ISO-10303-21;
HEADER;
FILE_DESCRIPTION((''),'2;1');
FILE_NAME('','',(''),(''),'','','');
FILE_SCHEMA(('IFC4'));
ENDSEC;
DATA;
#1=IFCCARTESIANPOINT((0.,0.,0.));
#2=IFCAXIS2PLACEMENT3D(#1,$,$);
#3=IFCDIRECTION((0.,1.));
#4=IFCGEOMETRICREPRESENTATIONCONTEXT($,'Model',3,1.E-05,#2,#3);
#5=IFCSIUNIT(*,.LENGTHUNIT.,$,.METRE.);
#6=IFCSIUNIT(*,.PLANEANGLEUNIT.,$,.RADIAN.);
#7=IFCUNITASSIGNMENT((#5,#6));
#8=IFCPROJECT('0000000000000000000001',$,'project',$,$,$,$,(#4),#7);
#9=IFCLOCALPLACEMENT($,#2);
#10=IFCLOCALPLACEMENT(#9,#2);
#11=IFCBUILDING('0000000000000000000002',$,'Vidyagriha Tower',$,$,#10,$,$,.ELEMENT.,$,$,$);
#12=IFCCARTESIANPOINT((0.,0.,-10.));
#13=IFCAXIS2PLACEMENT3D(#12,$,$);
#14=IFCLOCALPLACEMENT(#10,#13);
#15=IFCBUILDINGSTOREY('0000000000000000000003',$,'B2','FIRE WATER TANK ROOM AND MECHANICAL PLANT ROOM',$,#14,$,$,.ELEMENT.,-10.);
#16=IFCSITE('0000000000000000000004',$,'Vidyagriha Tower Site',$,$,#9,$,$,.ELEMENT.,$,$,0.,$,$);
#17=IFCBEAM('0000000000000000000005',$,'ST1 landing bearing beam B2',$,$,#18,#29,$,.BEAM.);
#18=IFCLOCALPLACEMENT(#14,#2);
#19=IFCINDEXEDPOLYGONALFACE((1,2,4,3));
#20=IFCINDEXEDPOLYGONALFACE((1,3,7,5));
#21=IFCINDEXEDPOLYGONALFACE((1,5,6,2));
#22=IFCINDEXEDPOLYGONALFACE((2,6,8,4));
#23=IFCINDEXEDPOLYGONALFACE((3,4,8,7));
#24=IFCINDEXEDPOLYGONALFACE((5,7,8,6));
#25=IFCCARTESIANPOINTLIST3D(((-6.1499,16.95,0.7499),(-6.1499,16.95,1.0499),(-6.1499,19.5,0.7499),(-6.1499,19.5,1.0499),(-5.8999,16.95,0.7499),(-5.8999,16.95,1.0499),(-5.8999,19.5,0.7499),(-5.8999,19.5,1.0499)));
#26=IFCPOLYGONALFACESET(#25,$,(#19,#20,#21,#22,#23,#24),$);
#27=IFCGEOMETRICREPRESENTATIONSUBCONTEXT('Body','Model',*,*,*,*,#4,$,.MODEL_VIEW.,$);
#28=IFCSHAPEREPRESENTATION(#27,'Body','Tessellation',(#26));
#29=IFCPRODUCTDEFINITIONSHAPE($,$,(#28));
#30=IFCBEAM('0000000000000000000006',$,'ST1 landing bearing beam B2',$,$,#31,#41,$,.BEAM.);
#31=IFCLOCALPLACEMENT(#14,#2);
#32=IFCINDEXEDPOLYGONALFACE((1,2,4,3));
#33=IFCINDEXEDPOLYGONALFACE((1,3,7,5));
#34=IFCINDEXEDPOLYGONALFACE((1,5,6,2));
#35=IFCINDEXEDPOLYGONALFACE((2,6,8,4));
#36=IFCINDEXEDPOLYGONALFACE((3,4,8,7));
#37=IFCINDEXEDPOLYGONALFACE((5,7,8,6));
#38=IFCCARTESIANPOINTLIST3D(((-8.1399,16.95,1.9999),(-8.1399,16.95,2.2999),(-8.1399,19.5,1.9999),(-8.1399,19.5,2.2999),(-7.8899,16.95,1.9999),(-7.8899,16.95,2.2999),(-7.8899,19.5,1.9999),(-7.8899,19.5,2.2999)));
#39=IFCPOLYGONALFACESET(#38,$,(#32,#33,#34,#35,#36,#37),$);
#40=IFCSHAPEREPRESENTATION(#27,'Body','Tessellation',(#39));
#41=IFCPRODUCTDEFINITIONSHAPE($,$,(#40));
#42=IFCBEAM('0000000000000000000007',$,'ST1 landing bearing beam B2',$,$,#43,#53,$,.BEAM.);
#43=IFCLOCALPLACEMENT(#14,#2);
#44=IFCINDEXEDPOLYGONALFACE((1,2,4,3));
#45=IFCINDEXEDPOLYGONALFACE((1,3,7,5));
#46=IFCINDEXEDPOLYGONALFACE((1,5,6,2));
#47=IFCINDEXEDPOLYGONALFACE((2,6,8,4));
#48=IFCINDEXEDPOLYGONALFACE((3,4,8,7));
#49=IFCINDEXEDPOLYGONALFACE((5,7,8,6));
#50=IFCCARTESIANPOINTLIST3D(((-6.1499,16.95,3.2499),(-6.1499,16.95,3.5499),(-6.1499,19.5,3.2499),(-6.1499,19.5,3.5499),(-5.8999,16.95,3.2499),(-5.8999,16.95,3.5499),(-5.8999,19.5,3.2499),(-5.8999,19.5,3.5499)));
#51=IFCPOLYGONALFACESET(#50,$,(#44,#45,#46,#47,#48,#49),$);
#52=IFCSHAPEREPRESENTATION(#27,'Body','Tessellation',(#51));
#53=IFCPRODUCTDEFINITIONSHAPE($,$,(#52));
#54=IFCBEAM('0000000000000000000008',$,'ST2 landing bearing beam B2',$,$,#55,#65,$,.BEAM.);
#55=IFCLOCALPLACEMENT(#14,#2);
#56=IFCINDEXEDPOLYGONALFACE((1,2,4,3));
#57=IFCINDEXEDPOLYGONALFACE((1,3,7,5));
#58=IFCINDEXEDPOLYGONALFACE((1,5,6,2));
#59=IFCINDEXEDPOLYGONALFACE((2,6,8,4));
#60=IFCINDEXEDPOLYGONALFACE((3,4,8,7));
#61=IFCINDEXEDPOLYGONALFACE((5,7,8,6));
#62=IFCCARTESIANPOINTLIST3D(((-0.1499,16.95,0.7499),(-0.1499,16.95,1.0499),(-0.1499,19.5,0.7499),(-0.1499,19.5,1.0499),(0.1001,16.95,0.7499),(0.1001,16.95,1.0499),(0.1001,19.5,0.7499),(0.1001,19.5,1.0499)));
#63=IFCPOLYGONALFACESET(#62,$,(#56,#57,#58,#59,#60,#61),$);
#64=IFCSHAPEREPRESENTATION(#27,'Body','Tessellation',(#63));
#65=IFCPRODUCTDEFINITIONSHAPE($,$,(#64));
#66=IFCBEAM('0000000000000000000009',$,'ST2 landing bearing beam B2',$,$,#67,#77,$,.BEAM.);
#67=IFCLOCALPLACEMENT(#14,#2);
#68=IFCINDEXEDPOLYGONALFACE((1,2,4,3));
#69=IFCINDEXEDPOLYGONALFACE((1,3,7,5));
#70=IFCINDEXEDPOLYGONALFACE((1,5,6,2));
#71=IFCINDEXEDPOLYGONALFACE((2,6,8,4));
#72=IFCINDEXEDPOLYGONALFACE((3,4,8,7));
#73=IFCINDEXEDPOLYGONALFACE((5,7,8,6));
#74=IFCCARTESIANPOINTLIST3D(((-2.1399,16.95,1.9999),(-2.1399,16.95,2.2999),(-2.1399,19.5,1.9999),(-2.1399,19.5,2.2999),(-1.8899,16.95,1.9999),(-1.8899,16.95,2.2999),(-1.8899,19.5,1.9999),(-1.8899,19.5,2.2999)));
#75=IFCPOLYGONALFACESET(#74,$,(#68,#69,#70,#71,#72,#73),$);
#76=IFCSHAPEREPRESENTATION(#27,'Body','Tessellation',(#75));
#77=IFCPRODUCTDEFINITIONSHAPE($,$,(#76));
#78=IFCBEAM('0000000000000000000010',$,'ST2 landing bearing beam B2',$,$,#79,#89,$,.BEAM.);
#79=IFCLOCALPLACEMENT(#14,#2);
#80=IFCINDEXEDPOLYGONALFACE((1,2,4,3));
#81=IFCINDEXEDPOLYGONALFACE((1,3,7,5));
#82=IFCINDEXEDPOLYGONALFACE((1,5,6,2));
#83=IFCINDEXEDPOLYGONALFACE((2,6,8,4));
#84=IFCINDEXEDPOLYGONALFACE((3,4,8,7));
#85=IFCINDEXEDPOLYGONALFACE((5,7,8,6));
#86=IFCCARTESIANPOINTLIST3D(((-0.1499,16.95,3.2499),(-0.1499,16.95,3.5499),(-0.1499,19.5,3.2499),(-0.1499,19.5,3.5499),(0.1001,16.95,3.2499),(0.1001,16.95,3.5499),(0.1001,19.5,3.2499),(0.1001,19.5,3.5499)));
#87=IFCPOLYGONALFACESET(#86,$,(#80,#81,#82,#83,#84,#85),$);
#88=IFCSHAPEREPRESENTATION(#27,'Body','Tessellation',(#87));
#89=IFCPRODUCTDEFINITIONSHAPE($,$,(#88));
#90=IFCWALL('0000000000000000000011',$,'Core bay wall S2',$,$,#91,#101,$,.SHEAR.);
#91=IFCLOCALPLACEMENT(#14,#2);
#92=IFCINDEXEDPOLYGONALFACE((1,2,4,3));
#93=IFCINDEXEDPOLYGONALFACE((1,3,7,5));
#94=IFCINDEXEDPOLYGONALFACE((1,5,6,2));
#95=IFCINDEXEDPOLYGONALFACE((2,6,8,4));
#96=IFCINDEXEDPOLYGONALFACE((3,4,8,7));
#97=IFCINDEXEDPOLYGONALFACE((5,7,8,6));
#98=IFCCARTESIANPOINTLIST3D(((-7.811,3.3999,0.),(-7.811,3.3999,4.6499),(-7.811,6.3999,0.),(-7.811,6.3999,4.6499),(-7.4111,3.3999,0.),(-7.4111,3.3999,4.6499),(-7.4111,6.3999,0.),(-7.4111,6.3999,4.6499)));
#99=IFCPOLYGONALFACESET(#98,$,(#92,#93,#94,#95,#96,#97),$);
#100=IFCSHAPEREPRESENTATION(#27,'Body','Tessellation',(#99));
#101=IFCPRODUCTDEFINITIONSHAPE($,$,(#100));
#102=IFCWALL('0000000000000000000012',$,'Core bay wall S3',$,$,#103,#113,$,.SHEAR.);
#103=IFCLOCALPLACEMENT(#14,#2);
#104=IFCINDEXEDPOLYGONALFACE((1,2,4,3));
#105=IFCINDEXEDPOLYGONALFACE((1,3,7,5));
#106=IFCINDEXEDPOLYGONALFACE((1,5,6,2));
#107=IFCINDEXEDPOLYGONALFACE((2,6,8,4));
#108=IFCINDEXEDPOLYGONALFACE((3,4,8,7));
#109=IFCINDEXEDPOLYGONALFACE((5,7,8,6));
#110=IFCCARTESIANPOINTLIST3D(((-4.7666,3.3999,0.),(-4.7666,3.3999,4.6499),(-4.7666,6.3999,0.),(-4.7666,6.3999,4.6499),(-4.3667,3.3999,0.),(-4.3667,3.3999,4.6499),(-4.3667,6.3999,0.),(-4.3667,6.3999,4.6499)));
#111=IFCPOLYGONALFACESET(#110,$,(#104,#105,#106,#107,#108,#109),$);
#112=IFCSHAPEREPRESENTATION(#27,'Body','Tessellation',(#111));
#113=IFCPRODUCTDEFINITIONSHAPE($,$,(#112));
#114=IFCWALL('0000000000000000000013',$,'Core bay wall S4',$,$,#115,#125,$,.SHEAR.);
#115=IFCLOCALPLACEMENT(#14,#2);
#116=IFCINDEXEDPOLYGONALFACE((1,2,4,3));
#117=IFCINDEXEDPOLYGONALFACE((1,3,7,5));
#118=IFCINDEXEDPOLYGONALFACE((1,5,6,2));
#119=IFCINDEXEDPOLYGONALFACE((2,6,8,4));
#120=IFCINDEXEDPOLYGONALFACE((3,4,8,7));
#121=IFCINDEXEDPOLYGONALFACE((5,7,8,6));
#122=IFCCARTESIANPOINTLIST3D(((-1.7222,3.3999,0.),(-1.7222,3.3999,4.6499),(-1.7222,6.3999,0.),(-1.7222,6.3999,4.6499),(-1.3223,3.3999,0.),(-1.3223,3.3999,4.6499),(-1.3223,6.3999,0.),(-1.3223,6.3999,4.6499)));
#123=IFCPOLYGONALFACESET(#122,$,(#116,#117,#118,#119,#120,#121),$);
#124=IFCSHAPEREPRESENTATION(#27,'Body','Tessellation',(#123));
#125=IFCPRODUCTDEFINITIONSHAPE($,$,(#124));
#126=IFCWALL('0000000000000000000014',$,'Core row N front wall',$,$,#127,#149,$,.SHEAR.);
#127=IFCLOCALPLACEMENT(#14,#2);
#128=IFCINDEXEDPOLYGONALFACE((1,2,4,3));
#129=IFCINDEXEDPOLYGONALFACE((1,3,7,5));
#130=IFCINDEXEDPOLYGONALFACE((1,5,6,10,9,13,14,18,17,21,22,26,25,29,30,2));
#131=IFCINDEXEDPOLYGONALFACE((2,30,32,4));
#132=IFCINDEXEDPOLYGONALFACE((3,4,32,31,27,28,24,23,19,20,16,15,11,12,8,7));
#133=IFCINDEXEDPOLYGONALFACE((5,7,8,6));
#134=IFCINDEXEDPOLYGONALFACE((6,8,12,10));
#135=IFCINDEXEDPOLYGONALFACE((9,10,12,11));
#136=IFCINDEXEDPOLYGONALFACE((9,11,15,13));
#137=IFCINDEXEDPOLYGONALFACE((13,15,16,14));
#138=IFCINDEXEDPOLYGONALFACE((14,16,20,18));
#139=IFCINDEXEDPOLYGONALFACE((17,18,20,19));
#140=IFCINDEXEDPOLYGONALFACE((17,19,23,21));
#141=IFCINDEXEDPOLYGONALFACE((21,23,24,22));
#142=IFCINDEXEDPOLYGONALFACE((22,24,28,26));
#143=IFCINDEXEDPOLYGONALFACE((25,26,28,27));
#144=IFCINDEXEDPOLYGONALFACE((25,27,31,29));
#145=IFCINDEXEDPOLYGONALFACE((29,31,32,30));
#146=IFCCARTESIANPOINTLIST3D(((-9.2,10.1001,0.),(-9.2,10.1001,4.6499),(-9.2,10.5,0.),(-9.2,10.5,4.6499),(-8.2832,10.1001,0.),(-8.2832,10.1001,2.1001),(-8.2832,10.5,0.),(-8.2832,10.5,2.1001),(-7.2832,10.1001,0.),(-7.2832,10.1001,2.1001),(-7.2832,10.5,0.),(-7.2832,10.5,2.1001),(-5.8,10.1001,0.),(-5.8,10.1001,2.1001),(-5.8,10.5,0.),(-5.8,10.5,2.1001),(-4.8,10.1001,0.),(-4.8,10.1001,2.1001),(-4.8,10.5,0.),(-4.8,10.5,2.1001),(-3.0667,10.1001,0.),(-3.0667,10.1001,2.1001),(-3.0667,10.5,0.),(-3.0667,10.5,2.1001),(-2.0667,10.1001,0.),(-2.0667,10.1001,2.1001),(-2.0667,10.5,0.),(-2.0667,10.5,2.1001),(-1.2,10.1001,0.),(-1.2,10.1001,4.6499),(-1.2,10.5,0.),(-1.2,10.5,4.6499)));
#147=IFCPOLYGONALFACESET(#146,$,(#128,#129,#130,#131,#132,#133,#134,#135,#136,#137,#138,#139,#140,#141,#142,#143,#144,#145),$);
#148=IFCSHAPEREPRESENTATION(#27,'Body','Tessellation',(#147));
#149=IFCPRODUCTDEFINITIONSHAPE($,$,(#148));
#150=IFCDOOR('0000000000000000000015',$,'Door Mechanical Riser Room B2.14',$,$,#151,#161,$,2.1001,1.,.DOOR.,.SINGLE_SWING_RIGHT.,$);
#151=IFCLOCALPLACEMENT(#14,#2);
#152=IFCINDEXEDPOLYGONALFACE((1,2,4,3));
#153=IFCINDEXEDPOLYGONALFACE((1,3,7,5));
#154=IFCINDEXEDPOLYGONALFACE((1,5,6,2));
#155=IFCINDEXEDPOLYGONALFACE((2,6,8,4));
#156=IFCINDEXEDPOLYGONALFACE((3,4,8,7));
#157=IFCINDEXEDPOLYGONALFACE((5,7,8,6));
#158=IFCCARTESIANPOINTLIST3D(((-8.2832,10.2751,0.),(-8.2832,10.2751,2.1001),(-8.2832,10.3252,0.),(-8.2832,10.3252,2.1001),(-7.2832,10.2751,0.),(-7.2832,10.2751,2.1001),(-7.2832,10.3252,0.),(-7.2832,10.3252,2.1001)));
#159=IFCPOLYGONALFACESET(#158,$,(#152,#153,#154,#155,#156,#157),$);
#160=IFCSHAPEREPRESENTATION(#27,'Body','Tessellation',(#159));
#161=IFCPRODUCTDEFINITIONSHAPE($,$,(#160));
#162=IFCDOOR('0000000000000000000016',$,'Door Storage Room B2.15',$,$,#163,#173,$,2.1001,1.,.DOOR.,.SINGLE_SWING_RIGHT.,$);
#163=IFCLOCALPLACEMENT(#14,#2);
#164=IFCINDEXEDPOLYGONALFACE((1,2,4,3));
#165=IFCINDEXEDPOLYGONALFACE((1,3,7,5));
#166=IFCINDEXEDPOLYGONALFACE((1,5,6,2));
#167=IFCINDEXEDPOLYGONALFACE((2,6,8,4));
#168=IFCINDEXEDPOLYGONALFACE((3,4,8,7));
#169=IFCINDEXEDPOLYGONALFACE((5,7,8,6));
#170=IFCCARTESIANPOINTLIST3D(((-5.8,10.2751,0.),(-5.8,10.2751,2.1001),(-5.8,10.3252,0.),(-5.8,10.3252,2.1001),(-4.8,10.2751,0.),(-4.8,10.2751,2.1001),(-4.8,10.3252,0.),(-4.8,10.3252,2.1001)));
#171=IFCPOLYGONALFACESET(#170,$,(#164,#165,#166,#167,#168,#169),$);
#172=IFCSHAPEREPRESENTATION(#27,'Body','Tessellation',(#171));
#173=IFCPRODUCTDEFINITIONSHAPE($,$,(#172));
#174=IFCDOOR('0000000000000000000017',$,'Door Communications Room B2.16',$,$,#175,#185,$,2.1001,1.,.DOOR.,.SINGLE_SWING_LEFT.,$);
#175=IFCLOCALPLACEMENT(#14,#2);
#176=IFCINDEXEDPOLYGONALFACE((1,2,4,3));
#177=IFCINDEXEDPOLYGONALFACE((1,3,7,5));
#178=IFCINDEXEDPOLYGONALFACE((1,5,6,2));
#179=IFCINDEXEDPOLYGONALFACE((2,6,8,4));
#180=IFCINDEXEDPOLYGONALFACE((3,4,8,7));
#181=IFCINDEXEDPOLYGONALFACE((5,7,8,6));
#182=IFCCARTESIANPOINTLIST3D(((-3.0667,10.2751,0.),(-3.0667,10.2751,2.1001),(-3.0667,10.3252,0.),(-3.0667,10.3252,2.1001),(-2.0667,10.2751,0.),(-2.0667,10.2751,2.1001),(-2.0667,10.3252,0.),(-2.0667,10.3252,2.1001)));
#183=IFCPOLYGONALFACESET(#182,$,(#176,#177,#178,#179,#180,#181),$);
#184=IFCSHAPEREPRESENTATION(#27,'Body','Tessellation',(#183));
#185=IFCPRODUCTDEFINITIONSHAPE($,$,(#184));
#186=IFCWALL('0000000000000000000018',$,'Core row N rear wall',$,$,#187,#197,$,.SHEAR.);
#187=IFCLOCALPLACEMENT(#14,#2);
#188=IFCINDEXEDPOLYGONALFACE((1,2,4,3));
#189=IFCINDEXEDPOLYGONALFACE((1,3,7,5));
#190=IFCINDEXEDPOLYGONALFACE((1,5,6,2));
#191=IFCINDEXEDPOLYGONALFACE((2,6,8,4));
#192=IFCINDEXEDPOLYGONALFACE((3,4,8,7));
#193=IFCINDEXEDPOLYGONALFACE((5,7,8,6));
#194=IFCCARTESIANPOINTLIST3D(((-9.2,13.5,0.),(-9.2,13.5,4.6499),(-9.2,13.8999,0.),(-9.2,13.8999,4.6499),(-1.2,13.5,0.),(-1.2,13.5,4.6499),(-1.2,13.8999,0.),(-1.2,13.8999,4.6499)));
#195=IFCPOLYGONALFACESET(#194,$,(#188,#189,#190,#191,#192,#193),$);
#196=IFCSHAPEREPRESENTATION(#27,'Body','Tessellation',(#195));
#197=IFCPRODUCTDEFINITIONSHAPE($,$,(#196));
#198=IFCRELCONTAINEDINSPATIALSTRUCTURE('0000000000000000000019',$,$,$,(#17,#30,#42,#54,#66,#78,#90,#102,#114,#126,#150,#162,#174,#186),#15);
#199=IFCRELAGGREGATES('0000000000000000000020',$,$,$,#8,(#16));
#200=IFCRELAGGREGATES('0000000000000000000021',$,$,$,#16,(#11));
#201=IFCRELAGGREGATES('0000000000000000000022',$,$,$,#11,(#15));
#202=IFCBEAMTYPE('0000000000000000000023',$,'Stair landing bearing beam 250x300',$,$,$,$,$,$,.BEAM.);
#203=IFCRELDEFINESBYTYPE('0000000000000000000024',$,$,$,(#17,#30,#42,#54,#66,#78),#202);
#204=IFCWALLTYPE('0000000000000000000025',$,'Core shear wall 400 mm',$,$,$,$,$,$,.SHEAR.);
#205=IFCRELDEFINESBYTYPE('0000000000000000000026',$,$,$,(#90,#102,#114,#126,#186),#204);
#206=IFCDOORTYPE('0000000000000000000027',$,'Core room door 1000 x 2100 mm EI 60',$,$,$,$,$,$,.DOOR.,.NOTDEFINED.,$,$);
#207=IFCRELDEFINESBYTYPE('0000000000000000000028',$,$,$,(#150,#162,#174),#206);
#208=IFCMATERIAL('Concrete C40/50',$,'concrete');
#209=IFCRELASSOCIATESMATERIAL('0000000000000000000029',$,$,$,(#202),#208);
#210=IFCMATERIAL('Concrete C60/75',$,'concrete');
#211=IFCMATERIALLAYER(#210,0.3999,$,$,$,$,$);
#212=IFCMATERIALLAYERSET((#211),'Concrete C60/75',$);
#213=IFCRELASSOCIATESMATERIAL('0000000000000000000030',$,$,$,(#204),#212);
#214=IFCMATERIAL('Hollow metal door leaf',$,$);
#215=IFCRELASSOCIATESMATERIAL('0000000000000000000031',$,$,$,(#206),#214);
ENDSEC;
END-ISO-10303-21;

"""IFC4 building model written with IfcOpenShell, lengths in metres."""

from ifc_helpers import new_model, si_unit, direction, frame, frame_2d, origin, origin_2d, place, context, subcontext, project, spatial, rectangle, extrude, material, layer, layer_set, material_profile, profile_set, type_object, element, fill, save


model = new_model("IFC4")

# Units and contexts
model_context = context("Model", 3, precision=1e-05, world=origin(), true_north=direction((0.0, 1.0)))
body_context = subcontext(model_context, "Body", "Model", "MODEL_VIEW")
ifc_project = project(units=[si_unit("LENGTHUNIT", "METRE"), si_unit("PLANEANGLEUNIT", "RADIAN")], contexts=[model_context])

# Site, building, storey
site_placement = place(None, origin())
site = spatial("IfcSite", under=ifc_project, at=site_placement, Name="Vidyagriha Tower Site", CompositionType="ELEMENT", RefElevation=0.0)
building_placement = place(site_placement, origin())
building = spatial("IfcBuilding", under=site, at=building_placement, Name="Vidyagriha Tower", CompositionType="ELEMENT")
storey_placement = place(building_placement, frame((0.0, 0.0, -10.0)))
storey = spatial("IfcBuildingStorey", under=building, at=storey_placement, Name="B2", Description="FIRE WATER TANK ROOM AND MECHANICAL PLANT ROOM", CompositionType="ELEMENT", Elevation=-10.0)

# Beams
ifc_material_1 = material(Name="Concrete C40/50", Category="concrete")
ifc_material_profile_1 = material_profile(ifc_material_1, rectangle(XDim=0.25, YDim=0.3, at=origin_2d()), Name="Stair landing bearing beam 250x300")
ifc_profile_set_1 = profile_set([ifc_material_profile_1], Name="Concrete C40/50")
beam_type = type_object("IfcBeamType", Name="Stair landing bearing beam 250x300", PredefinedType="BEAM", material=ifc_profile_set_1)
for number, where, z_axis, x_axis, name in (
    (1, (-6.0249, 16.95, 0.8999), (0.0, 1.0, 0.0), (-1.0, 0.0, 0.0), "ST1 landing bearing beam B2"),
    (2, (-8.0149, 16.95, 2.1499), (0.0, 1.0, 0.0), (-1.0, 0.0, 0.0), "ST1 landing bearing beam B2"),
    (3, (-6.0249, 16.95, 3.3999), (0.0, 1.0, 0.0), (-1.0, 0.0, 0.0), "ST1 landing bearing beam B2"),
    (4, (-0.0249, 16.95, 0.8999), (0.0, 1.0, 0.0), (-1.0, 0.0, 0.0), "ST2 landing bearing beam B2"),
    (5, (-2.0149, 16.95, 2.1499), (0.0, 1.0, 0.0), (-1.0, 0.0, 0.0), "ST2 landing bearing beam B2"),
    (6, (-0.0249, 16.95, 3.3999), (0.0, 1.0, 0.0), (-1.0, 0.0, 0.0), "ST2 landing bearing beam B2"),
):
    element("IfcBeam", number, at=place(storey_placement, frame(where, z_axis=z_axis, x_axis=x_axis)), inside=storey, type_object=beam_type, Name=name, PredefinedType="BEAM", context=body_context, shape_type="SweptSolid", body=[
        extrude(rectangle(XDim=0.25, YDim=0.3, at=origin_2d()), origin(), (0.0, 0.0, 1.0), 2.55),
    ])

# Walls
ifc_material_2 = material(Name="Concrete C60/75", Category="concrete")
ifc_layer_1 = layer(ifc_material_2, 0.3999)
ifc_layer_set_1 = layer_set([ifc_layer_1], Name="Concrete C60/75")
wall_type_1 = type_object("IfcWallType", Name="Core shear wall 400 mm", PredefinedType="SHEAR", material=ifc_layer_set_1)
for number, where, z_axis, x_axis, name in (
    (7, (-7.6111, 3.3999, 0.0), (0.0, 0.0, 1.0), (0.0, 1.0, 0.0), "Core bay wall S2"),
    (8, (-4.5667, 3.3999, 0.0), (0.0, 0.0, 1.0), (0.0, 1.0, 0.0), "Core bay wall S3"),
    (9, (-1.5222, 3.3999, 0.0), (0.0, 0.0, 1.0), (0.0, 1.0, 0.0), "Core bay wall S4"),
):
    element("IfcWall", number, at=place(storey_placement, frame(where, z_axis=z_axis, x_axis=x_axis)), inside=storey, type_object=wall_type_1, Name=name, PredefinedType="SHEAR", context=body_context, shape_type="SweptSolid", body=[
        extrude(rectangle(XDim=3.0, YDim=0.3999, at=frame_2d((1.5, 0.0))), origin(), (0.0, 0.0, 1.0), 4.6499),
    ])

# Wall, openings, doors
wall_1_placement = place(storey_placement, frame((-9.2, 10.3, 0.0)))
wall_1 = element("IfcWall", 10, at=wall_1_placement, inside=storey, type_object=wall_type_1, Name="Core row N front wall", PredefinedType="SHEAR", context=body_context, shape_type="SweptSolid", body=[
    extrude(rectangle(XDim=8.0, YDim=0.3999, at=frame_2d((4.0, 0.0))), origin(), (0.0, 0.0, 1.0), 4.6499),
])
opening_1_placement = place(wall_1_placement, frame((0.9167, 0.0, 0.0)))
opening_1 = element("IfcOpeningElement", 11, at=opening_1_placement, cuts=wall_1, PredefinedType="OPENING", context=body_context, shape_type="SweptSolid", body=[
    extrude(rectangle(XDim=1.0, YDim=2.1001, at=frame_2d((0.5, 1.05))), frame((0.0, 0.21, 0.0), z_axis=(0.0, -1.0, 0.0), x_axis=(1.0, 0.0, 0.0)), (0.0, 0.0, 1.0), 0.4199),
])
opening_2_placement = place(wall_1_placement, frame((3.3999, 0.0, 0.0)))
opening_2 = element("IfcOpeningElement", 12, at=opening_2_placement, cuts=wall_1, PredefinedType="OPENING", context=body_context, shape_type="SweptSolid", body=[
    extrude(rectangle(XDim=1.0, YDim=2.1001, at=frame_2d((0.5, 1.05))), frame((0.0, 0.21, 0.0), z_axis=(0.0, -1.0, 0.0), x_axis=(1.0, 0.0, 0.0)), (0.0, 0.0, 1.0), 0.4199),
])
opening_3_placement = place(wall_1_placement, frame((6.1333, 0.0, 0.0)))
opening_3 = element("IfcOpeningElement", 13, at=opening_3_placement, cuts=wall_1, PredefinedType="OPENING", context=body_context, shape_type="SweptSolid", body=[
    extrude(rectangle(XDim=1.0, YDim=2.1001, at=frame_2d((0.5, 1.05))), frame((0.0, 0.21, 0.0), z_axis=(0.0, -1.0, 0.0), x_axis=(1.0, 0.0, 0.0)), (0.0, 0.0, 1.0), 0.4199),
])
ifc_material_3 = material(Name="Hollow metal door leaf")
door_type_1 = type_object("IfcDoorType", Name="Core room door 1000 x 2100 mm EI 60", OperationType="NOTDEFINED", PredefinedType="DOOR", material=ifc_material_3)
door_1_placement = place(opening_1_placement, frame((1.0, 0.0, 0.0), z_axis=(0.0, 0.0, 1.0), x_axis=(-1.0, 0.0, 0.0)))
door_1 = element("IfcDoor", 14, at=door_1_placement, inside=storey, type_object=door_type_1, Name="Door Mechanical Riser Room B2.14", OperationType="SINGLE_SWING_RIGHT", OverallHeight=2.1001, OverallWidth=1.0, PredefinedType="DOOR", context=body_context, shape_type="SweptSolid", body=[
    extrude(rectangle(XDim=1.0, YDim=2.1001, at=frame_2d((0.5, 1.05))), frame((0.0, 0.0249, 0.0), z_axis=(0.0, -1.0, 0.0), x_axis=(1.0, 0.0, 0.0)), (0.0, 0.0, 1.0), 0.05),
])
fill(opening_1, door_1)
door_2_placement = place(opening_2_placement, frame((1.0, 0.0, 0.0), z_axis=(0.0, 0.0, 1.0), x_axis=(-1.0, 0.0, 0.0)))
door_2 = element("IfcDoor", 15, at=door_2_placement, inside=storey, type_object=door_type_1, Name="Door Storage Room B2.15", OperationType="SINGLE_SWING_RIGHT", OverallHeight=2.1001, OverallWidth=1.0, PredefinedType="DOOR", context=body_context, shape_type="SweptSolid", body=[
    extrude(rectangle(XDim=1.0, YDim=2.1001, at=frame_2d((0.5, 1.05))), frame((0.0, 0.0249, 0.0), z_axis=(0.0, -1.0, 0.0), x_axis=(1.0, 0.0, 0.0)), (0.0, 0.0, 1.0), 0.05),
])
fill(opening_2, door_2)
door_3_placement = place(opening_3_placement, frame((1.0, 0.0, 0.0), z_axis=(0.0, 0.0, 1.0), x_axis=(-1.0, 0.0, 0.0)))
door_3 = element("IfcDoor", 16, at=door_3_placement, inside=storey, type_object=door_type_1, Name="Door Communications Room B2.16", OperationType="SINGLE_SWING_LEFT", OverallHeight=2.1001, OverallWidth=1.0, PredefinedType="DOOR", context=body_context, shape_type="SweptSolid", body=[
    extrude(rectangle(XDim=1.0, YDim=2.1001, at=frame_2d((0.5, 1.05))), frame((0.0, 0.0249, 0.0), z_axis=(0.0, -1.0, 0.0), x_axis=(1.0, 0.0, 0.0)), (0.0, 0.0, 1.0), 0.05),
])
fill(opening_3, door_3)

# Wall
wall_2_placement = place(storey_placement, frame((-9.2, 13.7, 0.0)))
element("IfcWall", 17, at=wall_2_placement, inside=storey, type_object=wall_type_1, Name="Core row N rear wall", PredefinedType="SHEAR", context=body_context, shape_type="SweptSolid", body=[
    extrude(rectangle(XDim=8.0, YDim=0.3999, at=frame_2d((4.0, 0.0))), origin(), (0.0, 0.0, 1.0), 4.6499),
])

save(model, "model.ifc")
